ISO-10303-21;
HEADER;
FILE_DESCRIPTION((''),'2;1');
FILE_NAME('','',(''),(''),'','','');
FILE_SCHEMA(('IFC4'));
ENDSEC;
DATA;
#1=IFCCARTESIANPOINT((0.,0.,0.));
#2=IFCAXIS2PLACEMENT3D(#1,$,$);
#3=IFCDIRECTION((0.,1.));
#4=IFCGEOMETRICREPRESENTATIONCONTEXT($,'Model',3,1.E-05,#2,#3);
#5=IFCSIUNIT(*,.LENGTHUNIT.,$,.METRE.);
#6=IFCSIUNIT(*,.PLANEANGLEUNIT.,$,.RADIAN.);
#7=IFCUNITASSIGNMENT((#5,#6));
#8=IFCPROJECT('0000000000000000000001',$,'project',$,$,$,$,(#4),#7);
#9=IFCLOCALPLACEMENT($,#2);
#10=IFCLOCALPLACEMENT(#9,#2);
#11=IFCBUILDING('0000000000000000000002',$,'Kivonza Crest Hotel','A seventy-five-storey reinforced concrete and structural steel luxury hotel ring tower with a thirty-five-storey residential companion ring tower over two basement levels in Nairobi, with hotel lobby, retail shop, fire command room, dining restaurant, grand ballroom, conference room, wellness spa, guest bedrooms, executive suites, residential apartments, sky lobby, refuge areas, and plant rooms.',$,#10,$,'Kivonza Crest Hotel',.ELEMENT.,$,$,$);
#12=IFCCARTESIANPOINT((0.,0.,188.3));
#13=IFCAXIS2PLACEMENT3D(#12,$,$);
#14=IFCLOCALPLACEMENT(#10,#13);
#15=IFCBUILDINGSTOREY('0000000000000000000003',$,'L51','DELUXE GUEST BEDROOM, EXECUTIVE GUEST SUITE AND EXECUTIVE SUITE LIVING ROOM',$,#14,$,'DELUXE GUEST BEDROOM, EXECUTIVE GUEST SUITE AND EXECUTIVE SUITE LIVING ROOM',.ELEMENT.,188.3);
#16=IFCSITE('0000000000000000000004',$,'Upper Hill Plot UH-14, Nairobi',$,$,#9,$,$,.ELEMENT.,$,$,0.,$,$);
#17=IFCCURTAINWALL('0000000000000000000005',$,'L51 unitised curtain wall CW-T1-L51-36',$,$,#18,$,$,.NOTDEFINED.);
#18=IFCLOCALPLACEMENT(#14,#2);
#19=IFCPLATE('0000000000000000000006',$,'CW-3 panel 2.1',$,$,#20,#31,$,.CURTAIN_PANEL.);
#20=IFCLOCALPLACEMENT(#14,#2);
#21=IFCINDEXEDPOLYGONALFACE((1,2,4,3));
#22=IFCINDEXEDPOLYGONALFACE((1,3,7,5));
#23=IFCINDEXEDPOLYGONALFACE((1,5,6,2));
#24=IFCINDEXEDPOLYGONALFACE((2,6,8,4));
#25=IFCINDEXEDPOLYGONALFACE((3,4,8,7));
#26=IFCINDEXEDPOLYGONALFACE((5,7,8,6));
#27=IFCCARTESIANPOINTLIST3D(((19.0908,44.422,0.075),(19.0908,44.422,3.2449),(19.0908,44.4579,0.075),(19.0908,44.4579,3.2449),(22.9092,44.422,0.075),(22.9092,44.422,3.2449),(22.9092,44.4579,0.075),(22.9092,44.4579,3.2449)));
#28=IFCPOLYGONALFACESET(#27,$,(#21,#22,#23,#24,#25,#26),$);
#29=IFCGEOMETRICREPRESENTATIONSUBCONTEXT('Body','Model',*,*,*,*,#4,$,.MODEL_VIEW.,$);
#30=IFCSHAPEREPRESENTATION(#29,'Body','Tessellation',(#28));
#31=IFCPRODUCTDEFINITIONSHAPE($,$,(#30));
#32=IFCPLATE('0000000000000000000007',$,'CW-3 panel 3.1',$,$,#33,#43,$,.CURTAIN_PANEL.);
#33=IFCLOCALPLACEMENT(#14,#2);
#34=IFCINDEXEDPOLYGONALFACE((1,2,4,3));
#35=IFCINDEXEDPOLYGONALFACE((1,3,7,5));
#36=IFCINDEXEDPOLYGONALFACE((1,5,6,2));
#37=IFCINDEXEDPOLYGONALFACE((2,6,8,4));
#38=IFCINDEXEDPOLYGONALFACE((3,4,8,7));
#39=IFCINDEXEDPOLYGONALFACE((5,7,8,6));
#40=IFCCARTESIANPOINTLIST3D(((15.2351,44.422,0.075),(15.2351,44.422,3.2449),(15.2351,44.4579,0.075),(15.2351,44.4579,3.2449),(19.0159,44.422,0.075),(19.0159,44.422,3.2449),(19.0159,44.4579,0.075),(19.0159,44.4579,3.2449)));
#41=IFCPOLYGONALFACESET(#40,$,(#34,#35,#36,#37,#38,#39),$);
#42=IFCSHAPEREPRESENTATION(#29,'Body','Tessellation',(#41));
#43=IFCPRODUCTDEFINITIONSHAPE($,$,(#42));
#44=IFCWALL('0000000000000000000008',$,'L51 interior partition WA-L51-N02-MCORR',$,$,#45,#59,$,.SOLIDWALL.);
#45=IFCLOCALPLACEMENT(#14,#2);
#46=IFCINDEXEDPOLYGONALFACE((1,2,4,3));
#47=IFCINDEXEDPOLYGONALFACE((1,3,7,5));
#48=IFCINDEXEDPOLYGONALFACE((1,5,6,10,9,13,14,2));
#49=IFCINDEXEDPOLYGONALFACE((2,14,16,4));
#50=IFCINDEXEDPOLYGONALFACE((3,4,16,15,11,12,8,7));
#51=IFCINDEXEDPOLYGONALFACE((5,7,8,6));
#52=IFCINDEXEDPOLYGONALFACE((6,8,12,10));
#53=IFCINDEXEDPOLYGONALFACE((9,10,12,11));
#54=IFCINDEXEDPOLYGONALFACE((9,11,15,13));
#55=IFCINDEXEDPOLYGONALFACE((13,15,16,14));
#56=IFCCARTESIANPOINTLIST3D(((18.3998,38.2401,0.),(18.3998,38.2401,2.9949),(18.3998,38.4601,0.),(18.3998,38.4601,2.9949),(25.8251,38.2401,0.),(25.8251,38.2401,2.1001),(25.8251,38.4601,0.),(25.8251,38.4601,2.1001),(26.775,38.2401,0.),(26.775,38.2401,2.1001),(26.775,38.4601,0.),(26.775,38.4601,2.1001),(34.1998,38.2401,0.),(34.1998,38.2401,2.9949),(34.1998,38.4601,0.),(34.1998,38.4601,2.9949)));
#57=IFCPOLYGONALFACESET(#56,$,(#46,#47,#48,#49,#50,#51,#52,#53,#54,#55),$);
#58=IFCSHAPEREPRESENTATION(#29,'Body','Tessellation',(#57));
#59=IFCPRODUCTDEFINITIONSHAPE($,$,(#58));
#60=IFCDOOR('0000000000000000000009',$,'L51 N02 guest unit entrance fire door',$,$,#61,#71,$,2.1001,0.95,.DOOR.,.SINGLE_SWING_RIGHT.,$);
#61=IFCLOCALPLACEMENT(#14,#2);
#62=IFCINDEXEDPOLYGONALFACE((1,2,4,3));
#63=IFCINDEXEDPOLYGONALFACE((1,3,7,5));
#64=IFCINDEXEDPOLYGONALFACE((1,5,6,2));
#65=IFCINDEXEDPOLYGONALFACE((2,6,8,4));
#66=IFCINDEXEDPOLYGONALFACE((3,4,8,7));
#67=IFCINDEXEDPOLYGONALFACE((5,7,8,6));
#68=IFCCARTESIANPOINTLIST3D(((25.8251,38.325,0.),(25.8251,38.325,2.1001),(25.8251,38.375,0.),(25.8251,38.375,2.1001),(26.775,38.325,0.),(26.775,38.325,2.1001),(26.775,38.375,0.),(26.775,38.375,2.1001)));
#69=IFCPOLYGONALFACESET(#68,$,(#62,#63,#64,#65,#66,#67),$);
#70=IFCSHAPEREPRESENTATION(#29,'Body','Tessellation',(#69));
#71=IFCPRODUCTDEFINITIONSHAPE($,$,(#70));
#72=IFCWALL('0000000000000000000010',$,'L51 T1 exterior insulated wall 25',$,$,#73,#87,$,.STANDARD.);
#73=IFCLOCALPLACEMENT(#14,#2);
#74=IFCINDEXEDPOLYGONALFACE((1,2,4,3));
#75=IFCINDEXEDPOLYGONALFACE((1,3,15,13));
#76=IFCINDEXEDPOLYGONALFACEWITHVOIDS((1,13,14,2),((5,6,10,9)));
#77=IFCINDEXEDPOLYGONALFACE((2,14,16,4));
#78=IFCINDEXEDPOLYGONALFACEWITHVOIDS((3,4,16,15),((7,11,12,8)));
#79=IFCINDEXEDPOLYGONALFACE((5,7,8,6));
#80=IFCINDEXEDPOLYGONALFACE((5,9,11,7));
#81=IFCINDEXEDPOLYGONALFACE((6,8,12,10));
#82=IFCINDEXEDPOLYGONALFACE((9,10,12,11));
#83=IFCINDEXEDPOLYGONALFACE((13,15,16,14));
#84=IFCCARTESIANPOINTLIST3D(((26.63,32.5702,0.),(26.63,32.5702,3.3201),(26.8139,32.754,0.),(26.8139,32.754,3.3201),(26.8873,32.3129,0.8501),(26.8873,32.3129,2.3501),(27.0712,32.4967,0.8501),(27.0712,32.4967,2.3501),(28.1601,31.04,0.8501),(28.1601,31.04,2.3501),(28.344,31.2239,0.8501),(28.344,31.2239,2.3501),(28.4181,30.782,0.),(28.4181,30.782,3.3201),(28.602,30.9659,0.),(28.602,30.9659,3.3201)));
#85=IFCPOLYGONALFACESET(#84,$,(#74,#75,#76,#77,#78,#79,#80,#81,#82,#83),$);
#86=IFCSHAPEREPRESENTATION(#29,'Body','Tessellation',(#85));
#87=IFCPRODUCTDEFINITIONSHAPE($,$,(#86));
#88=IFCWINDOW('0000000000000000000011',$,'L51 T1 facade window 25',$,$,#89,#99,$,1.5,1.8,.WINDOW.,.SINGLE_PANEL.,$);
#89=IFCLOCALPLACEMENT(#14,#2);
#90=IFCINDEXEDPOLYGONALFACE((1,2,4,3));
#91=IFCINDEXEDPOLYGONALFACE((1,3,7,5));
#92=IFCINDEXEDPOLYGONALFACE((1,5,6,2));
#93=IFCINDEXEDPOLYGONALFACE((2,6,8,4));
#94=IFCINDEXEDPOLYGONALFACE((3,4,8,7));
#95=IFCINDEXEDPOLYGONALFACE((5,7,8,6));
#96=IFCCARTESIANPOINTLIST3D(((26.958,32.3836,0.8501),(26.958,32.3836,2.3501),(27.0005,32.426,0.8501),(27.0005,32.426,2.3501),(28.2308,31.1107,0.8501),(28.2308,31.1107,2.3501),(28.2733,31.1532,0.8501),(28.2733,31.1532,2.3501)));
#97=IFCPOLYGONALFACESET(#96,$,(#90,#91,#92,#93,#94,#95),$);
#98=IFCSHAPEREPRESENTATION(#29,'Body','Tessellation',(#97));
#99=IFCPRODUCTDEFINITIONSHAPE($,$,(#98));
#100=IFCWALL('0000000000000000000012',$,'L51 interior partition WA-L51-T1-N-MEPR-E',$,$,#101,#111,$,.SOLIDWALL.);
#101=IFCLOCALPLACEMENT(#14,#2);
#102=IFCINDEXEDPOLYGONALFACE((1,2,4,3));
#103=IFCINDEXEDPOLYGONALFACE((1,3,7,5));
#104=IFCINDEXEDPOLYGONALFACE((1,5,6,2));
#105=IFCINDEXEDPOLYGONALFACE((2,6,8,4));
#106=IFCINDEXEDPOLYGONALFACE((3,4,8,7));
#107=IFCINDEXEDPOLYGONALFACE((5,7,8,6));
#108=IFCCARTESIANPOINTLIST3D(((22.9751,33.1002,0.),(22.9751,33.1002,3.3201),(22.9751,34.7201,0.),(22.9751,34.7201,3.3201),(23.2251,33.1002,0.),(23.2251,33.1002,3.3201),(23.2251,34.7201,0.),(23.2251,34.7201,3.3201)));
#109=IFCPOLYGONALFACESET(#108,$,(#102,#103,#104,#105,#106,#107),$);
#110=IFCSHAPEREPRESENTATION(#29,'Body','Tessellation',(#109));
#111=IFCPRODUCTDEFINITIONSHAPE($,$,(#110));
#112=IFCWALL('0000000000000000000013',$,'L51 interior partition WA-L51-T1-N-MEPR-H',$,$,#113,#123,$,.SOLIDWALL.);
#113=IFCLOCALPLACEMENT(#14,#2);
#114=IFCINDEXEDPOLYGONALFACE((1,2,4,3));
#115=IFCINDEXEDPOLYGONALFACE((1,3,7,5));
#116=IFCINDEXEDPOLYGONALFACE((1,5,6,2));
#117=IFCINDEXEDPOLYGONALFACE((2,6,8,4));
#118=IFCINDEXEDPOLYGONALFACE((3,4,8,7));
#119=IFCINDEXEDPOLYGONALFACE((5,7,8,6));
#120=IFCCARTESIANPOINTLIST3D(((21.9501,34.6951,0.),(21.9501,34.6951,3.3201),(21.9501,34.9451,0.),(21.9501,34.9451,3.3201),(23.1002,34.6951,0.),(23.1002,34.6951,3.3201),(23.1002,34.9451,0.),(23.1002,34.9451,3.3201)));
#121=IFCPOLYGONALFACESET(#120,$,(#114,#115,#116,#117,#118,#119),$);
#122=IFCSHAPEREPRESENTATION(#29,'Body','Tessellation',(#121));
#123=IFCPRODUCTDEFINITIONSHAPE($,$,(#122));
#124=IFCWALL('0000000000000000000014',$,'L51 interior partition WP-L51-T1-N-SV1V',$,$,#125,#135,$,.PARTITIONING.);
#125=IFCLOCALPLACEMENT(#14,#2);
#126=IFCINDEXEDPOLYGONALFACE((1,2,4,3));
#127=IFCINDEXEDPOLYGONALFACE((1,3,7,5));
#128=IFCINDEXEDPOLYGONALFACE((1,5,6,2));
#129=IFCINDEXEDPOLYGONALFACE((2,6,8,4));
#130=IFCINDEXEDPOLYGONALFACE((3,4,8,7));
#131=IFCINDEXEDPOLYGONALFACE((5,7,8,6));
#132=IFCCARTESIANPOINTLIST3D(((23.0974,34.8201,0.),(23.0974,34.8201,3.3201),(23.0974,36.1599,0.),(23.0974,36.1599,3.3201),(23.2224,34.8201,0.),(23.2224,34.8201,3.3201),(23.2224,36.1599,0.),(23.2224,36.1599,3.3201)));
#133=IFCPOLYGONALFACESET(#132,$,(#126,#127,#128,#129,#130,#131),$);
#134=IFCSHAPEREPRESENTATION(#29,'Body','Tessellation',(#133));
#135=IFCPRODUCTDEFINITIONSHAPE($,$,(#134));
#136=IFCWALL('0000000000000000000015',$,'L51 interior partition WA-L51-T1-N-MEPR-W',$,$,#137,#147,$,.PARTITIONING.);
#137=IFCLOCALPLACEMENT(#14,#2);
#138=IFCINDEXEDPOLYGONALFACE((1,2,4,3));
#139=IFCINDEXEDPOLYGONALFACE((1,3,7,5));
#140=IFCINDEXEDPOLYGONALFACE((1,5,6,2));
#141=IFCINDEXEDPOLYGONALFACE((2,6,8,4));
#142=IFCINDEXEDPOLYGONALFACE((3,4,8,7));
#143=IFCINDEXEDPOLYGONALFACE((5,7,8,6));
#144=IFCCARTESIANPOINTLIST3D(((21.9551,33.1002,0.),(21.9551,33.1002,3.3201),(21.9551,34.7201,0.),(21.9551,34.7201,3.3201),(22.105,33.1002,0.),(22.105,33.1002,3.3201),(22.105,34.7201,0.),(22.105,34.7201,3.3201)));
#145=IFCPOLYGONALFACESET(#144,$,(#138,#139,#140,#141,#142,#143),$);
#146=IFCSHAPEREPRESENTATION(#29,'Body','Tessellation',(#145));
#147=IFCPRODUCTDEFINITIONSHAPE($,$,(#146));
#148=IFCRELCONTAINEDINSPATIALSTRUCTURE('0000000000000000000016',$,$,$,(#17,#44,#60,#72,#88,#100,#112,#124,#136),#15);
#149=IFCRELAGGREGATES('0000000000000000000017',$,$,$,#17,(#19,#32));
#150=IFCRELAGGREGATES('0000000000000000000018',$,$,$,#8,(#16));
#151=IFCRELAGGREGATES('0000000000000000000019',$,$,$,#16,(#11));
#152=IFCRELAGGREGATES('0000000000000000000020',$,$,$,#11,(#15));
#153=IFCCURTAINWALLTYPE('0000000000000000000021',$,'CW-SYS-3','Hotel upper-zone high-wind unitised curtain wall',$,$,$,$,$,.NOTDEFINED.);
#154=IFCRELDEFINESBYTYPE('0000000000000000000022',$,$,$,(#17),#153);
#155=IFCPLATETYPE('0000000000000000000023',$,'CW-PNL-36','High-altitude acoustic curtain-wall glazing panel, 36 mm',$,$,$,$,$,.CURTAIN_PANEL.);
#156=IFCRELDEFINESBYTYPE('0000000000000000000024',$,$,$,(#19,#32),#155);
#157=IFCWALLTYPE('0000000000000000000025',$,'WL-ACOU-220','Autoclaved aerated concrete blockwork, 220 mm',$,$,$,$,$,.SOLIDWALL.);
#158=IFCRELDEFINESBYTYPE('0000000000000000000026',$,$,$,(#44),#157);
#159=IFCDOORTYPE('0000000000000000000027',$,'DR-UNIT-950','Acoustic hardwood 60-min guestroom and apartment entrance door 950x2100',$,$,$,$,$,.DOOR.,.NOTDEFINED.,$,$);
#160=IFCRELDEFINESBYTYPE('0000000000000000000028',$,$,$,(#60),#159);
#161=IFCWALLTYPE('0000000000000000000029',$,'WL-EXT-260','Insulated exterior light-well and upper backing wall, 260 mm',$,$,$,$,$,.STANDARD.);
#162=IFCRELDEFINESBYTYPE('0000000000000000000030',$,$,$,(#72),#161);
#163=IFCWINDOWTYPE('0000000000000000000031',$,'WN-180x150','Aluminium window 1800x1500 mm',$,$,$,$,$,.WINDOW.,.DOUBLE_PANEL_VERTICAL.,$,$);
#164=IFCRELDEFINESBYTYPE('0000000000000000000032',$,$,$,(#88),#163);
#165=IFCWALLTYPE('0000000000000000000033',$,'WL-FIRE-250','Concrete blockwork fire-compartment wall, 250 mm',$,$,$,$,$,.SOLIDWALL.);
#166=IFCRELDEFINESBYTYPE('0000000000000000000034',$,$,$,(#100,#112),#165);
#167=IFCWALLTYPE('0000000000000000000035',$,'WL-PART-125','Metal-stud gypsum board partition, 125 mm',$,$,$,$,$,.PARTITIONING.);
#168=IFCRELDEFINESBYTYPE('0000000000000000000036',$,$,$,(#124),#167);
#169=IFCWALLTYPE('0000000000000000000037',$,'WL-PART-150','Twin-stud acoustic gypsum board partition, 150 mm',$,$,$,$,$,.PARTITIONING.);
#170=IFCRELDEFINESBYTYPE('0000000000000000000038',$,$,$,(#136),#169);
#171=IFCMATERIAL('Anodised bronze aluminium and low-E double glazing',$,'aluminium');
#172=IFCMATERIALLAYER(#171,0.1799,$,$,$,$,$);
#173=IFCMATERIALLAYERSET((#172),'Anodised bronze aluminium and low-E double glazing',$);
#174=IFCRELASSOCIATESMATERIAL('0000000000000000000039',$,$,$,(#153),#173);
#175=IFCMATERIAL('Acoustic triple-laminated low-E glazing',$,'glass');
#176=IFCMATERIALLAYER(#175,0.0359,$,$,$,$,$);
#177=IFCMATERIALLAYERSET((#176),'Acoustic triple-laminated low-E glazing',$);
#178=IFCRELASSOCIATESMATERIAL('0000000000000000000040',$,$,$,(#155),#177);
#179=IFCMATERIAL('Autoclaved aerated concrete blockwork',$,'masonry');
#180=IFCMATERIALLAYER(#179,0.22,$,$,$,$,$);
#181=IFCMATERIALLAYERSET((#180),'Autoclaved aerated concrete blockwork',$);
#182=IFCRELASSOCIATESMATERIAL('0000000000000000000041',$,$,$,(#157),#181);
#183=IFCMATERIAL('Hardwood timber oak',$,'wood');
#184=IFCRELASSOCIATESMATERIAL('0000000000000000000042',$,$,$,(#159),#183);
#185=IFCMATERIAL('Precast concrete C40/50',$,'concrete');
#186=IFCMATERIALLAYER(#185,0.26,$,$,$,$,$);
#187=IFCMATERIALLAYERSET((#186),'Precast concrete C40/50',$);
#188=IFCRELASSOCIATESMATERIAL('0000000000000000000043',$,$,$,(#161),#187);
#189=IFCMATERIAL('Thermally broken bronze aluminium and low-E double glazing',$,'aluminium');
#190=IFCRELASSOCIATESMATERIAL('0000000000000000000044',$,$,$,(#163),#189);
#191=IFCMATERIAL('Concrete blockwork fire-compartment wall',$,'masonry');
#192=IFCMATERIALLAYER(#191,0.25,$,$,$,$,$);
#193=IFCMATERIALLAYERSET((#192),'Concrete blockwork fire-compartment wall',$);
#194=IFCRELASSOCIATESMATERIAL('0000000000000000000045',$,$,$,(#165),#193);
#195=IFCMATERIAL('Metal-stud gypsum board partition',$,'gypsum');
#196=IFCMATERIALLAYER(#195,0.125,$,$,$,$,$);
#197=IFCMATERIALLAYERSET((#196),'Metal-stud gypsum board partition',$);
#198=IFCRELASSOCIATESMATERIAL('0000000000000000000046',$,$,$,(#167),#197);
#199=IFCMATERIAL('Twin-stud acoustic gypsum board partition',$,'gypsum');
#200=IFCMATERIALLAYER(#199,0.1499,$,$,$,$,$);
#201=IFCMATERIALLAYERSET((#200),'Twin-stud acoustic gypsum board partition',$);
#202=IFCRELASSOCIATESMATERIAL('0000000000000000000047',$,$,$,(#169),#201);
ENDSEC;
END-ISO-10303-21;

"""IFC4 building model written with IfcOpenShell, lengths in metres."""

from ifc_helpers import new_model, si_unit, direction, frame, frame_2d, origin, origin_2d, place, context, subcontext, project, spatial, rectangle, extrude, material, layer, layer_set, type_object, element, fill, aggregate, save


model = new_model("IFC4")

# Units and contexts
model_context = context("Model", 3, precision=1e-05, world=origin(), true_north=direction((0.0, 1.0)))
body_context = subcontext(model_context, "Body", "Model", "MODEL_VIEW")
ifc_project = project(units=[si_unit("LENGTHUNIT", "METRE"), si_unit("PLANEANGLEUNIT", "RADIAN")], contexts=[model_context])

# Site, building, storey
site_placement = place(None, origin())
site = spatial("IfcSite", under=ifc_project, at=site_placement, Name="Upper Hill Plot UH-14, Nairobi", CompositionType="ELEMENT", RefElevation=0.0)
building_placement = place(site_placement, origin())
building = spatial("IfcBuilding", under=site, at=building_placement, Name="Kivonza Crest Hotel", Description="A seventy-five-storey reinforced concrete and structural steel luxury hotel ring tower with a thirty-five-storey residential companion ring tower over two basement levels in Nairobi, with hotel lobby, retail shop, fire command room, dining restaurant, grand ballroom, conference room, wellness spa, guest bedrooms, executive suites, residential apartments, sky lobby, refuge areas, and plant rooms.", LongName="Kivonza Crest Hotel", CompositionType="ELEMENT")
storey_placement = place(building_placement, frame((0.0, 0.0, 188.3)))
storey = spatial("IfcBuildingStorey", under=building, at=storey_placement, Name="L51", Description="DELUXE GUEST BEDROOM, EXECUTIVE GUEST SUITE AND EXECUTIVE SUITE LIVING ROOM", LongName="DELUXE GUEST BEDROOM, EXECUTIVE GUEST SUITE AND EXECUTIVE SUITE LIVING ROOM", CompositionType="ELEMENT", Elevation=188.3)

# Curtain wall, plates
ifc_material_1 = material(Name="Anodised bronze aluminium and low-E double glazing", Category="aluminium")
ifc_layer_1 = layer(ifc_material_1, 0.1799)
ifc_layer_set_1 = layer_set([ifc_layer_1], Name="Anodised bronze aluminium and low-E double glazing")
curtain_wall_type = type_object("IfcCurtainWallType", Name="CW-SYS-3", Description="Hotel upper-zone high-wind unitised curtain wall", PredefinedType="NOTDEFINED", material=ifc_layer_set_1)
curtain_wall_placement = place(storey_placement, origin())
curtain_wall = element("IfcCurtainWall", 1, at=curtain_wall_placement, inside=storey, type_object=curtain_wall_type, Name="L51 unitised curtain wall CW-T1-L51-36", PredefinedType="NOTDEFINED")
ifc_material_2 = material(Name="Acoustic triple-laminated low-E glazing", Category="glass")
ifc_layer_2 = layer(ifc_material_2, 0.0359)
ifc_layer_set_2 = layer_set([ifc_layer_2], Name="Acoustic triple-laminated low-E glazing")
plate_type = type_object("IfcPlateType", Name="CW-PNL-36", Description="High-altitude acoustic curtain-wall glazing panel, 36 mm", PredefinedType="CURTAIN_PANEL", material=ifc_layer_set_2)
plate_1_placement = place(storey_placement, frame((21.0, 44.4399, 0.075), z_axis=(0.0, 0.0, 1.0), x_axis=(-1.0, 0.0, 0.0)))
plate_1 = element("IfcPlate", 2, at=plate_1_placement, type_object=plate_type, Name="CW-3 panel 2.1", PredefinedType="CURTAIN_PANEL", context=body_context, shape_type="SweptSolid", body=[
    extrude(rectangle(XDim=3.8184, YDim=0.0359, at=origin_2d()), origin(), (0.0, 0.0, 1.0), 3.1699),
])
plate_2_placement = place(storey_placement, frame((17.1255, 44.4399, 0.075), z_axis=(0.0, 0.0, 1.0), x_axis=(-1.0, 0.0, 0.0)))
plate_2 = element("IfcPlate", 3, at=plate_2_placement, type_object=plate_type, Name="CW-3 panel 3.1", PredefinedType="CURTAIN_PANEL", context=body_context, shape_type="SweptSolid", body=[
    extrude(rectangle(XDim=3.7808, YDim=0.0359, at=origin_2d()), origin(), (0.0, 0.0, 1.0), 3.1699),
])
aggregate(curtain_wall, [plate_1, plate_2])

# Wall, opening, door
ifc_material_3 = material(Name="Autoclaved aerated concrete blockwork", Category="masonry")
ifc_layer_3 = layer(ifc_material_3, 0.22)
ifc_layer_set_3 = layer_set([ifc_layer_3], Name="Autoclaved aerated concrete blockwork")
wall_type_1 = type_object("IfcWallType", Name="WL-ACOU-220", Description="Autoclaved aerated concrete blockwork, 220 mm", PredefinedType="SOLIDWALL", material=ifc_layer_set_3)
wall_1_placement = place(storey_placement, frame((18.3999, 38.3501, 0.0), z_axis=(0.0, 0.0, 1.0), x_axis=(1.0, 0.0, 0.0)))
wall_1 = element("IfcWall", 4, at=wall_1_placement, inside=storey, type_object=wall_type_1, Name="L51 interior partition WA-L51-N02-MCORR", PredefinedType="SOLIDWALL", context=body_context, shape_type="SweptSolid", body=[
    extrude(rectangle(XDim=15.8, YDim=0.22, at=frame_2d((7.8999, 0.0))), origin(), (0.0, 0.0, 1.0), 2.9949),
])
opening_1_placement = place(wall_1_placement, frame((7.425, 0.0, 0.0)))
opening_1 = element("IfcOpeningElement", 5, at=opening_1_placement, cuts=wall_1, PredefinedType="OPENING", context=body_context, shape_type="SweptSolid", body=[
    extrude(rectangle(XDim=0.95, YDim=2.1001, at=frame_2d((0.4751, 1.05))), frame((0.0, 0.1201, 0.0), z_axis=(0.0, -1.0, 0.0), x_axis=(1.0, 0.0, 0.0)), (0.0, 0.0, 1.0), 0.24),
])
ifc_material_4 = material(Name="Hardwood timber oak", Category="wood")
door_type_1 = type_object("IfcDoorType", Name="DR-UNIT-950", Description="Acoustic hardwood 60-min guestroom and apartment entrance door 950x2100", OperationType="NOTDEFINED", PredefinedType="DOOR", material=ifc_material_4)
door_1_placement = place(opening_1_placement, origin())
door_1 = element("IfcDoor", 6, at=door_1_placement, inside=storey, type_object=door_type_1, Name="L51 N02 guest unit entrance fire door", OperationType="SINGLE_SWING_RIGHT", OverallHeight=2.1001, OverallWidth=0.95, PredefinedType="DOOR", context=body_context, shape_type="SweptSolid", body=[
    extrude(rectangle(XDim=0.95, YDim=2.1001, at=frame_2d((0.4751, 1.05))), frame((0.0, 0.0249, 0.0), z_axis=(0.0, -1.0, 0.0), x_axis=(1.0, 0.0, 0.0)), (0.0, 0.0, 1.0), 0.05),
])
fill(opening_1, door_1)

# Wall, opening, window
ifc_material_5 = material(Name="Precast concrete C40/50", Category="concrete")
ifc_layer_4 = layer(ifc_material_5, 0.26)
ifc_layer_set_4 = layer_set([ifc_layer_4], Name="Precast concrete C40/50")
wall_type_2 = type_object("IfcWallType", Name="WL-EXT-260", Description="Insulated exterior light-well and upper backing wall, 260 mm", PredefinedType="STANDARD", material=ifc_layer_set_4)
wall_2_placement = place(storey_placement, frame((26.7219, 32.6621, 0.0), z_axis=(0.0, 0.0, 1.0), x_axis=(0.707107, -0.707107, 0.0)))
wall_2 = element("IfcWall", 7, at=wall_2_placement, inside=storey, type_object=wall_type_2, Name="L51 T1 exterior insulated wall 25", PredefinedType="STANDARD", context=body_context, shape_type="SweptSolid", body=[
    extrude(rectangle(XDim=2.5288, YDim=0.26, at=frame_2d((1.2644, 0.0))), origin(), (0.0, 0.0, 1.0), 3.3201),
])
opening_2_placement = place(wall_2_placement, frame((0.364, 0.0, 0.8501)))
opening_2 = element("IfcOpeningElement", 8, at=opening_2_placement, cuts=wall_2, PredefinedType="OPENING", context=body_context, shape_type="SweptSolid", body=[
    extrude(rectangle(XDim=1.8, YDim=1.5, at=frame_2d((0.8999, 0.75))), frame((0.0, 0.1401, 0.0), z_axis=(0.0, -1.0, 0.0), x_axis=(1.0, 0.0, 0.0)), (0.0, 0.0, 1.0), 0.28),
])
ifc_material_6 = material(Name="Thermally broken bronze aluminium and low-E double glazing", Category="aluminium")
window_type = type_object("IfcWindowType", Name="WN-180x150", Description="Aluminium window 1800x1500 mm", PartitioningType="DOUBLE_PANEL_VERTICAL", PredefinedType="WINDOW", material=ifc_material_6)
window_placement = place(opening_2_placement, origin())
window = element("IfcWindow", 9, at=window_placement, inside=storey, type_object=window_type, Name="L51 T1 facade window 25", OverallHeight=1.5, OverallWidth=1.8, PartitioningType="SINGLE_PANEL", PredefinedType="WINDOW", context=body_context, shape_type="SweptSolid", body=[
    extrude(rectangle(XDim=1.8, YDim=1.5, at=frame_2d((0.8999, 0.75))), frame((0.0, 0.03, 0.0), z_axis=(0.0, -1.0, 0.0), x_axis=(1.0, 0.0, 0.0)), (0.0, 0.0, 1.0), 0.0601),
])
fill(opening_2, window)

# Walls
ifc_material_7 = material(Name="Concrete blockwork fire-compartment wall", Category="masonry")
ifc_layer_5 = layer(ifc_material_7, 0.25)
ifc_layer_set_5 = layer_set([ifc_layer_5], Name="Concrete blockwork fire-compartment wall")
wall_type_3 = type_object("IfcWallType", Name="WL-FIRE-250", Description="Concrete blockwork fire-compartment wall, 250 mm", PredefinedType="SOLIDWALL", material=ifc_layer_set_5)
wall_3_placement = place(storey_placement, frame((23.1001, 33.1001, 0.0), z_axis=(0.0, 0.0, 1.0), x_axis=(0.0, 1.0, 0.0)))
element("IfcWall", 10, at=wall_3_placement, inside=storey, type_object=wall_type_3, Name="L51 interior partition WA-L51-T1-N-MEPR-E", PredefinedType="SOLIDWALL", context=body_context, shape_type="SweptSolid", body=[
    extrude(rectangle(XDim=1.6199, YDim=0.25, at=frame_2d((0.8101, 0.0))), origin(), (0.0, 0.0, 1.0), 3.3201),
])
wall_4_placement = place(storey_placement, frame((21.95, 34.8201, 0.0), z_axis=(0.0, 0.0, 1.0), x_axis=(1.0, 0.0, 0.0)))
element("IfcWall", 11, at=wall_4_placement, inside=storey, type_object=wall_type_3, Name="L51 interior partition WA-L51-T1-N-MEPR-H", PredefinedType="SOLIDWALL", context=body_context, shape_type="SweptSolid", body=[
    extrude(rectangle(XDim=1.1501, YDim=0.25, at=frame_2d((0.5752, 0.0))), origin(), (0.0, 0.0, 1.0), 3.3201),
])
ifc_material_8 = material(Name="Metal-stud gypsum board partition", Category="gypsum")
ifc_layer_6 = layer(ifc_material_8, 0.125)
ifc_layer_set_6 = layer_set([ifc_layer_6], Name="Metal-stud gypsum board partition")
wall_type_4 = type_object("IfcWallType", Name="WL-PART-125", Description="Metal-stud gypsum board partition, 125 mm", PredefinedType="PARTITIONING", material=ifc_layer_set_6)
wall_5_placement = place(storey_placement, frame((23.1599, 34.8201, 0.0), z_axis=(0.0, 0.0, 1.0), x_axis=(0.0, 1.0, 0.0)))
element("IfcWall", 12, at=wall_5_placement, inside=storey, type_object=wall_type_4, Name="L51 interior partition WP-L51-T1-N-SV1V", PredefinedType="PARTITIONING", context=body_context, shape_type="SweptSolid", body=[
    extrude(rectangle(XDim=1.3398, YDim=0.125, at=frame_2d((0.6699, 0.0))), origin(), (0.0, 0.0, 1.0), 3.3201),
])
ifc_material_9 = material(Name="Twin-stud acoustic gypsum board partition", Category="gypsum")
ifc_layer_7 = layer(ifc_material_9, 0.1499)
ifc_layer_set_7 = layer_set([ifc_layer_7], Name="Twin-stud acoustic gypsum board partition")
wall_type_5 = type_object("IfcWallType", Name="WL-PART-150", Description="Twin-stud acoustic gypsum board partition, 150 mm", PredefinedType="PARTITIONING", material=ifc_layer_set_7)
wall_6_placement = place(storey_placement, frame((22.03, 33.1001, 0.0), z_axis=(0.0, 0.0, 1.0), x_axis=(0.0, 1.0, 0.0)))
element("IfcWall", 13, at=wall_6_placement, inside=storey, type_object=wall_type_5, Name="L51 interior partition WA-L51-T1-N-MEPR-W", PredefinedType="PARTITIONING", context=body_context, shape_type="SweptSolid", body=[
    extrude(rectangle(XDim=1.6199, YDim=0.1499, at=frame_2d((0.8101, 0.0))), origin(), (0.0, 0.0, 1.0), 3.3201),
])

save(model, "model.ifc")
